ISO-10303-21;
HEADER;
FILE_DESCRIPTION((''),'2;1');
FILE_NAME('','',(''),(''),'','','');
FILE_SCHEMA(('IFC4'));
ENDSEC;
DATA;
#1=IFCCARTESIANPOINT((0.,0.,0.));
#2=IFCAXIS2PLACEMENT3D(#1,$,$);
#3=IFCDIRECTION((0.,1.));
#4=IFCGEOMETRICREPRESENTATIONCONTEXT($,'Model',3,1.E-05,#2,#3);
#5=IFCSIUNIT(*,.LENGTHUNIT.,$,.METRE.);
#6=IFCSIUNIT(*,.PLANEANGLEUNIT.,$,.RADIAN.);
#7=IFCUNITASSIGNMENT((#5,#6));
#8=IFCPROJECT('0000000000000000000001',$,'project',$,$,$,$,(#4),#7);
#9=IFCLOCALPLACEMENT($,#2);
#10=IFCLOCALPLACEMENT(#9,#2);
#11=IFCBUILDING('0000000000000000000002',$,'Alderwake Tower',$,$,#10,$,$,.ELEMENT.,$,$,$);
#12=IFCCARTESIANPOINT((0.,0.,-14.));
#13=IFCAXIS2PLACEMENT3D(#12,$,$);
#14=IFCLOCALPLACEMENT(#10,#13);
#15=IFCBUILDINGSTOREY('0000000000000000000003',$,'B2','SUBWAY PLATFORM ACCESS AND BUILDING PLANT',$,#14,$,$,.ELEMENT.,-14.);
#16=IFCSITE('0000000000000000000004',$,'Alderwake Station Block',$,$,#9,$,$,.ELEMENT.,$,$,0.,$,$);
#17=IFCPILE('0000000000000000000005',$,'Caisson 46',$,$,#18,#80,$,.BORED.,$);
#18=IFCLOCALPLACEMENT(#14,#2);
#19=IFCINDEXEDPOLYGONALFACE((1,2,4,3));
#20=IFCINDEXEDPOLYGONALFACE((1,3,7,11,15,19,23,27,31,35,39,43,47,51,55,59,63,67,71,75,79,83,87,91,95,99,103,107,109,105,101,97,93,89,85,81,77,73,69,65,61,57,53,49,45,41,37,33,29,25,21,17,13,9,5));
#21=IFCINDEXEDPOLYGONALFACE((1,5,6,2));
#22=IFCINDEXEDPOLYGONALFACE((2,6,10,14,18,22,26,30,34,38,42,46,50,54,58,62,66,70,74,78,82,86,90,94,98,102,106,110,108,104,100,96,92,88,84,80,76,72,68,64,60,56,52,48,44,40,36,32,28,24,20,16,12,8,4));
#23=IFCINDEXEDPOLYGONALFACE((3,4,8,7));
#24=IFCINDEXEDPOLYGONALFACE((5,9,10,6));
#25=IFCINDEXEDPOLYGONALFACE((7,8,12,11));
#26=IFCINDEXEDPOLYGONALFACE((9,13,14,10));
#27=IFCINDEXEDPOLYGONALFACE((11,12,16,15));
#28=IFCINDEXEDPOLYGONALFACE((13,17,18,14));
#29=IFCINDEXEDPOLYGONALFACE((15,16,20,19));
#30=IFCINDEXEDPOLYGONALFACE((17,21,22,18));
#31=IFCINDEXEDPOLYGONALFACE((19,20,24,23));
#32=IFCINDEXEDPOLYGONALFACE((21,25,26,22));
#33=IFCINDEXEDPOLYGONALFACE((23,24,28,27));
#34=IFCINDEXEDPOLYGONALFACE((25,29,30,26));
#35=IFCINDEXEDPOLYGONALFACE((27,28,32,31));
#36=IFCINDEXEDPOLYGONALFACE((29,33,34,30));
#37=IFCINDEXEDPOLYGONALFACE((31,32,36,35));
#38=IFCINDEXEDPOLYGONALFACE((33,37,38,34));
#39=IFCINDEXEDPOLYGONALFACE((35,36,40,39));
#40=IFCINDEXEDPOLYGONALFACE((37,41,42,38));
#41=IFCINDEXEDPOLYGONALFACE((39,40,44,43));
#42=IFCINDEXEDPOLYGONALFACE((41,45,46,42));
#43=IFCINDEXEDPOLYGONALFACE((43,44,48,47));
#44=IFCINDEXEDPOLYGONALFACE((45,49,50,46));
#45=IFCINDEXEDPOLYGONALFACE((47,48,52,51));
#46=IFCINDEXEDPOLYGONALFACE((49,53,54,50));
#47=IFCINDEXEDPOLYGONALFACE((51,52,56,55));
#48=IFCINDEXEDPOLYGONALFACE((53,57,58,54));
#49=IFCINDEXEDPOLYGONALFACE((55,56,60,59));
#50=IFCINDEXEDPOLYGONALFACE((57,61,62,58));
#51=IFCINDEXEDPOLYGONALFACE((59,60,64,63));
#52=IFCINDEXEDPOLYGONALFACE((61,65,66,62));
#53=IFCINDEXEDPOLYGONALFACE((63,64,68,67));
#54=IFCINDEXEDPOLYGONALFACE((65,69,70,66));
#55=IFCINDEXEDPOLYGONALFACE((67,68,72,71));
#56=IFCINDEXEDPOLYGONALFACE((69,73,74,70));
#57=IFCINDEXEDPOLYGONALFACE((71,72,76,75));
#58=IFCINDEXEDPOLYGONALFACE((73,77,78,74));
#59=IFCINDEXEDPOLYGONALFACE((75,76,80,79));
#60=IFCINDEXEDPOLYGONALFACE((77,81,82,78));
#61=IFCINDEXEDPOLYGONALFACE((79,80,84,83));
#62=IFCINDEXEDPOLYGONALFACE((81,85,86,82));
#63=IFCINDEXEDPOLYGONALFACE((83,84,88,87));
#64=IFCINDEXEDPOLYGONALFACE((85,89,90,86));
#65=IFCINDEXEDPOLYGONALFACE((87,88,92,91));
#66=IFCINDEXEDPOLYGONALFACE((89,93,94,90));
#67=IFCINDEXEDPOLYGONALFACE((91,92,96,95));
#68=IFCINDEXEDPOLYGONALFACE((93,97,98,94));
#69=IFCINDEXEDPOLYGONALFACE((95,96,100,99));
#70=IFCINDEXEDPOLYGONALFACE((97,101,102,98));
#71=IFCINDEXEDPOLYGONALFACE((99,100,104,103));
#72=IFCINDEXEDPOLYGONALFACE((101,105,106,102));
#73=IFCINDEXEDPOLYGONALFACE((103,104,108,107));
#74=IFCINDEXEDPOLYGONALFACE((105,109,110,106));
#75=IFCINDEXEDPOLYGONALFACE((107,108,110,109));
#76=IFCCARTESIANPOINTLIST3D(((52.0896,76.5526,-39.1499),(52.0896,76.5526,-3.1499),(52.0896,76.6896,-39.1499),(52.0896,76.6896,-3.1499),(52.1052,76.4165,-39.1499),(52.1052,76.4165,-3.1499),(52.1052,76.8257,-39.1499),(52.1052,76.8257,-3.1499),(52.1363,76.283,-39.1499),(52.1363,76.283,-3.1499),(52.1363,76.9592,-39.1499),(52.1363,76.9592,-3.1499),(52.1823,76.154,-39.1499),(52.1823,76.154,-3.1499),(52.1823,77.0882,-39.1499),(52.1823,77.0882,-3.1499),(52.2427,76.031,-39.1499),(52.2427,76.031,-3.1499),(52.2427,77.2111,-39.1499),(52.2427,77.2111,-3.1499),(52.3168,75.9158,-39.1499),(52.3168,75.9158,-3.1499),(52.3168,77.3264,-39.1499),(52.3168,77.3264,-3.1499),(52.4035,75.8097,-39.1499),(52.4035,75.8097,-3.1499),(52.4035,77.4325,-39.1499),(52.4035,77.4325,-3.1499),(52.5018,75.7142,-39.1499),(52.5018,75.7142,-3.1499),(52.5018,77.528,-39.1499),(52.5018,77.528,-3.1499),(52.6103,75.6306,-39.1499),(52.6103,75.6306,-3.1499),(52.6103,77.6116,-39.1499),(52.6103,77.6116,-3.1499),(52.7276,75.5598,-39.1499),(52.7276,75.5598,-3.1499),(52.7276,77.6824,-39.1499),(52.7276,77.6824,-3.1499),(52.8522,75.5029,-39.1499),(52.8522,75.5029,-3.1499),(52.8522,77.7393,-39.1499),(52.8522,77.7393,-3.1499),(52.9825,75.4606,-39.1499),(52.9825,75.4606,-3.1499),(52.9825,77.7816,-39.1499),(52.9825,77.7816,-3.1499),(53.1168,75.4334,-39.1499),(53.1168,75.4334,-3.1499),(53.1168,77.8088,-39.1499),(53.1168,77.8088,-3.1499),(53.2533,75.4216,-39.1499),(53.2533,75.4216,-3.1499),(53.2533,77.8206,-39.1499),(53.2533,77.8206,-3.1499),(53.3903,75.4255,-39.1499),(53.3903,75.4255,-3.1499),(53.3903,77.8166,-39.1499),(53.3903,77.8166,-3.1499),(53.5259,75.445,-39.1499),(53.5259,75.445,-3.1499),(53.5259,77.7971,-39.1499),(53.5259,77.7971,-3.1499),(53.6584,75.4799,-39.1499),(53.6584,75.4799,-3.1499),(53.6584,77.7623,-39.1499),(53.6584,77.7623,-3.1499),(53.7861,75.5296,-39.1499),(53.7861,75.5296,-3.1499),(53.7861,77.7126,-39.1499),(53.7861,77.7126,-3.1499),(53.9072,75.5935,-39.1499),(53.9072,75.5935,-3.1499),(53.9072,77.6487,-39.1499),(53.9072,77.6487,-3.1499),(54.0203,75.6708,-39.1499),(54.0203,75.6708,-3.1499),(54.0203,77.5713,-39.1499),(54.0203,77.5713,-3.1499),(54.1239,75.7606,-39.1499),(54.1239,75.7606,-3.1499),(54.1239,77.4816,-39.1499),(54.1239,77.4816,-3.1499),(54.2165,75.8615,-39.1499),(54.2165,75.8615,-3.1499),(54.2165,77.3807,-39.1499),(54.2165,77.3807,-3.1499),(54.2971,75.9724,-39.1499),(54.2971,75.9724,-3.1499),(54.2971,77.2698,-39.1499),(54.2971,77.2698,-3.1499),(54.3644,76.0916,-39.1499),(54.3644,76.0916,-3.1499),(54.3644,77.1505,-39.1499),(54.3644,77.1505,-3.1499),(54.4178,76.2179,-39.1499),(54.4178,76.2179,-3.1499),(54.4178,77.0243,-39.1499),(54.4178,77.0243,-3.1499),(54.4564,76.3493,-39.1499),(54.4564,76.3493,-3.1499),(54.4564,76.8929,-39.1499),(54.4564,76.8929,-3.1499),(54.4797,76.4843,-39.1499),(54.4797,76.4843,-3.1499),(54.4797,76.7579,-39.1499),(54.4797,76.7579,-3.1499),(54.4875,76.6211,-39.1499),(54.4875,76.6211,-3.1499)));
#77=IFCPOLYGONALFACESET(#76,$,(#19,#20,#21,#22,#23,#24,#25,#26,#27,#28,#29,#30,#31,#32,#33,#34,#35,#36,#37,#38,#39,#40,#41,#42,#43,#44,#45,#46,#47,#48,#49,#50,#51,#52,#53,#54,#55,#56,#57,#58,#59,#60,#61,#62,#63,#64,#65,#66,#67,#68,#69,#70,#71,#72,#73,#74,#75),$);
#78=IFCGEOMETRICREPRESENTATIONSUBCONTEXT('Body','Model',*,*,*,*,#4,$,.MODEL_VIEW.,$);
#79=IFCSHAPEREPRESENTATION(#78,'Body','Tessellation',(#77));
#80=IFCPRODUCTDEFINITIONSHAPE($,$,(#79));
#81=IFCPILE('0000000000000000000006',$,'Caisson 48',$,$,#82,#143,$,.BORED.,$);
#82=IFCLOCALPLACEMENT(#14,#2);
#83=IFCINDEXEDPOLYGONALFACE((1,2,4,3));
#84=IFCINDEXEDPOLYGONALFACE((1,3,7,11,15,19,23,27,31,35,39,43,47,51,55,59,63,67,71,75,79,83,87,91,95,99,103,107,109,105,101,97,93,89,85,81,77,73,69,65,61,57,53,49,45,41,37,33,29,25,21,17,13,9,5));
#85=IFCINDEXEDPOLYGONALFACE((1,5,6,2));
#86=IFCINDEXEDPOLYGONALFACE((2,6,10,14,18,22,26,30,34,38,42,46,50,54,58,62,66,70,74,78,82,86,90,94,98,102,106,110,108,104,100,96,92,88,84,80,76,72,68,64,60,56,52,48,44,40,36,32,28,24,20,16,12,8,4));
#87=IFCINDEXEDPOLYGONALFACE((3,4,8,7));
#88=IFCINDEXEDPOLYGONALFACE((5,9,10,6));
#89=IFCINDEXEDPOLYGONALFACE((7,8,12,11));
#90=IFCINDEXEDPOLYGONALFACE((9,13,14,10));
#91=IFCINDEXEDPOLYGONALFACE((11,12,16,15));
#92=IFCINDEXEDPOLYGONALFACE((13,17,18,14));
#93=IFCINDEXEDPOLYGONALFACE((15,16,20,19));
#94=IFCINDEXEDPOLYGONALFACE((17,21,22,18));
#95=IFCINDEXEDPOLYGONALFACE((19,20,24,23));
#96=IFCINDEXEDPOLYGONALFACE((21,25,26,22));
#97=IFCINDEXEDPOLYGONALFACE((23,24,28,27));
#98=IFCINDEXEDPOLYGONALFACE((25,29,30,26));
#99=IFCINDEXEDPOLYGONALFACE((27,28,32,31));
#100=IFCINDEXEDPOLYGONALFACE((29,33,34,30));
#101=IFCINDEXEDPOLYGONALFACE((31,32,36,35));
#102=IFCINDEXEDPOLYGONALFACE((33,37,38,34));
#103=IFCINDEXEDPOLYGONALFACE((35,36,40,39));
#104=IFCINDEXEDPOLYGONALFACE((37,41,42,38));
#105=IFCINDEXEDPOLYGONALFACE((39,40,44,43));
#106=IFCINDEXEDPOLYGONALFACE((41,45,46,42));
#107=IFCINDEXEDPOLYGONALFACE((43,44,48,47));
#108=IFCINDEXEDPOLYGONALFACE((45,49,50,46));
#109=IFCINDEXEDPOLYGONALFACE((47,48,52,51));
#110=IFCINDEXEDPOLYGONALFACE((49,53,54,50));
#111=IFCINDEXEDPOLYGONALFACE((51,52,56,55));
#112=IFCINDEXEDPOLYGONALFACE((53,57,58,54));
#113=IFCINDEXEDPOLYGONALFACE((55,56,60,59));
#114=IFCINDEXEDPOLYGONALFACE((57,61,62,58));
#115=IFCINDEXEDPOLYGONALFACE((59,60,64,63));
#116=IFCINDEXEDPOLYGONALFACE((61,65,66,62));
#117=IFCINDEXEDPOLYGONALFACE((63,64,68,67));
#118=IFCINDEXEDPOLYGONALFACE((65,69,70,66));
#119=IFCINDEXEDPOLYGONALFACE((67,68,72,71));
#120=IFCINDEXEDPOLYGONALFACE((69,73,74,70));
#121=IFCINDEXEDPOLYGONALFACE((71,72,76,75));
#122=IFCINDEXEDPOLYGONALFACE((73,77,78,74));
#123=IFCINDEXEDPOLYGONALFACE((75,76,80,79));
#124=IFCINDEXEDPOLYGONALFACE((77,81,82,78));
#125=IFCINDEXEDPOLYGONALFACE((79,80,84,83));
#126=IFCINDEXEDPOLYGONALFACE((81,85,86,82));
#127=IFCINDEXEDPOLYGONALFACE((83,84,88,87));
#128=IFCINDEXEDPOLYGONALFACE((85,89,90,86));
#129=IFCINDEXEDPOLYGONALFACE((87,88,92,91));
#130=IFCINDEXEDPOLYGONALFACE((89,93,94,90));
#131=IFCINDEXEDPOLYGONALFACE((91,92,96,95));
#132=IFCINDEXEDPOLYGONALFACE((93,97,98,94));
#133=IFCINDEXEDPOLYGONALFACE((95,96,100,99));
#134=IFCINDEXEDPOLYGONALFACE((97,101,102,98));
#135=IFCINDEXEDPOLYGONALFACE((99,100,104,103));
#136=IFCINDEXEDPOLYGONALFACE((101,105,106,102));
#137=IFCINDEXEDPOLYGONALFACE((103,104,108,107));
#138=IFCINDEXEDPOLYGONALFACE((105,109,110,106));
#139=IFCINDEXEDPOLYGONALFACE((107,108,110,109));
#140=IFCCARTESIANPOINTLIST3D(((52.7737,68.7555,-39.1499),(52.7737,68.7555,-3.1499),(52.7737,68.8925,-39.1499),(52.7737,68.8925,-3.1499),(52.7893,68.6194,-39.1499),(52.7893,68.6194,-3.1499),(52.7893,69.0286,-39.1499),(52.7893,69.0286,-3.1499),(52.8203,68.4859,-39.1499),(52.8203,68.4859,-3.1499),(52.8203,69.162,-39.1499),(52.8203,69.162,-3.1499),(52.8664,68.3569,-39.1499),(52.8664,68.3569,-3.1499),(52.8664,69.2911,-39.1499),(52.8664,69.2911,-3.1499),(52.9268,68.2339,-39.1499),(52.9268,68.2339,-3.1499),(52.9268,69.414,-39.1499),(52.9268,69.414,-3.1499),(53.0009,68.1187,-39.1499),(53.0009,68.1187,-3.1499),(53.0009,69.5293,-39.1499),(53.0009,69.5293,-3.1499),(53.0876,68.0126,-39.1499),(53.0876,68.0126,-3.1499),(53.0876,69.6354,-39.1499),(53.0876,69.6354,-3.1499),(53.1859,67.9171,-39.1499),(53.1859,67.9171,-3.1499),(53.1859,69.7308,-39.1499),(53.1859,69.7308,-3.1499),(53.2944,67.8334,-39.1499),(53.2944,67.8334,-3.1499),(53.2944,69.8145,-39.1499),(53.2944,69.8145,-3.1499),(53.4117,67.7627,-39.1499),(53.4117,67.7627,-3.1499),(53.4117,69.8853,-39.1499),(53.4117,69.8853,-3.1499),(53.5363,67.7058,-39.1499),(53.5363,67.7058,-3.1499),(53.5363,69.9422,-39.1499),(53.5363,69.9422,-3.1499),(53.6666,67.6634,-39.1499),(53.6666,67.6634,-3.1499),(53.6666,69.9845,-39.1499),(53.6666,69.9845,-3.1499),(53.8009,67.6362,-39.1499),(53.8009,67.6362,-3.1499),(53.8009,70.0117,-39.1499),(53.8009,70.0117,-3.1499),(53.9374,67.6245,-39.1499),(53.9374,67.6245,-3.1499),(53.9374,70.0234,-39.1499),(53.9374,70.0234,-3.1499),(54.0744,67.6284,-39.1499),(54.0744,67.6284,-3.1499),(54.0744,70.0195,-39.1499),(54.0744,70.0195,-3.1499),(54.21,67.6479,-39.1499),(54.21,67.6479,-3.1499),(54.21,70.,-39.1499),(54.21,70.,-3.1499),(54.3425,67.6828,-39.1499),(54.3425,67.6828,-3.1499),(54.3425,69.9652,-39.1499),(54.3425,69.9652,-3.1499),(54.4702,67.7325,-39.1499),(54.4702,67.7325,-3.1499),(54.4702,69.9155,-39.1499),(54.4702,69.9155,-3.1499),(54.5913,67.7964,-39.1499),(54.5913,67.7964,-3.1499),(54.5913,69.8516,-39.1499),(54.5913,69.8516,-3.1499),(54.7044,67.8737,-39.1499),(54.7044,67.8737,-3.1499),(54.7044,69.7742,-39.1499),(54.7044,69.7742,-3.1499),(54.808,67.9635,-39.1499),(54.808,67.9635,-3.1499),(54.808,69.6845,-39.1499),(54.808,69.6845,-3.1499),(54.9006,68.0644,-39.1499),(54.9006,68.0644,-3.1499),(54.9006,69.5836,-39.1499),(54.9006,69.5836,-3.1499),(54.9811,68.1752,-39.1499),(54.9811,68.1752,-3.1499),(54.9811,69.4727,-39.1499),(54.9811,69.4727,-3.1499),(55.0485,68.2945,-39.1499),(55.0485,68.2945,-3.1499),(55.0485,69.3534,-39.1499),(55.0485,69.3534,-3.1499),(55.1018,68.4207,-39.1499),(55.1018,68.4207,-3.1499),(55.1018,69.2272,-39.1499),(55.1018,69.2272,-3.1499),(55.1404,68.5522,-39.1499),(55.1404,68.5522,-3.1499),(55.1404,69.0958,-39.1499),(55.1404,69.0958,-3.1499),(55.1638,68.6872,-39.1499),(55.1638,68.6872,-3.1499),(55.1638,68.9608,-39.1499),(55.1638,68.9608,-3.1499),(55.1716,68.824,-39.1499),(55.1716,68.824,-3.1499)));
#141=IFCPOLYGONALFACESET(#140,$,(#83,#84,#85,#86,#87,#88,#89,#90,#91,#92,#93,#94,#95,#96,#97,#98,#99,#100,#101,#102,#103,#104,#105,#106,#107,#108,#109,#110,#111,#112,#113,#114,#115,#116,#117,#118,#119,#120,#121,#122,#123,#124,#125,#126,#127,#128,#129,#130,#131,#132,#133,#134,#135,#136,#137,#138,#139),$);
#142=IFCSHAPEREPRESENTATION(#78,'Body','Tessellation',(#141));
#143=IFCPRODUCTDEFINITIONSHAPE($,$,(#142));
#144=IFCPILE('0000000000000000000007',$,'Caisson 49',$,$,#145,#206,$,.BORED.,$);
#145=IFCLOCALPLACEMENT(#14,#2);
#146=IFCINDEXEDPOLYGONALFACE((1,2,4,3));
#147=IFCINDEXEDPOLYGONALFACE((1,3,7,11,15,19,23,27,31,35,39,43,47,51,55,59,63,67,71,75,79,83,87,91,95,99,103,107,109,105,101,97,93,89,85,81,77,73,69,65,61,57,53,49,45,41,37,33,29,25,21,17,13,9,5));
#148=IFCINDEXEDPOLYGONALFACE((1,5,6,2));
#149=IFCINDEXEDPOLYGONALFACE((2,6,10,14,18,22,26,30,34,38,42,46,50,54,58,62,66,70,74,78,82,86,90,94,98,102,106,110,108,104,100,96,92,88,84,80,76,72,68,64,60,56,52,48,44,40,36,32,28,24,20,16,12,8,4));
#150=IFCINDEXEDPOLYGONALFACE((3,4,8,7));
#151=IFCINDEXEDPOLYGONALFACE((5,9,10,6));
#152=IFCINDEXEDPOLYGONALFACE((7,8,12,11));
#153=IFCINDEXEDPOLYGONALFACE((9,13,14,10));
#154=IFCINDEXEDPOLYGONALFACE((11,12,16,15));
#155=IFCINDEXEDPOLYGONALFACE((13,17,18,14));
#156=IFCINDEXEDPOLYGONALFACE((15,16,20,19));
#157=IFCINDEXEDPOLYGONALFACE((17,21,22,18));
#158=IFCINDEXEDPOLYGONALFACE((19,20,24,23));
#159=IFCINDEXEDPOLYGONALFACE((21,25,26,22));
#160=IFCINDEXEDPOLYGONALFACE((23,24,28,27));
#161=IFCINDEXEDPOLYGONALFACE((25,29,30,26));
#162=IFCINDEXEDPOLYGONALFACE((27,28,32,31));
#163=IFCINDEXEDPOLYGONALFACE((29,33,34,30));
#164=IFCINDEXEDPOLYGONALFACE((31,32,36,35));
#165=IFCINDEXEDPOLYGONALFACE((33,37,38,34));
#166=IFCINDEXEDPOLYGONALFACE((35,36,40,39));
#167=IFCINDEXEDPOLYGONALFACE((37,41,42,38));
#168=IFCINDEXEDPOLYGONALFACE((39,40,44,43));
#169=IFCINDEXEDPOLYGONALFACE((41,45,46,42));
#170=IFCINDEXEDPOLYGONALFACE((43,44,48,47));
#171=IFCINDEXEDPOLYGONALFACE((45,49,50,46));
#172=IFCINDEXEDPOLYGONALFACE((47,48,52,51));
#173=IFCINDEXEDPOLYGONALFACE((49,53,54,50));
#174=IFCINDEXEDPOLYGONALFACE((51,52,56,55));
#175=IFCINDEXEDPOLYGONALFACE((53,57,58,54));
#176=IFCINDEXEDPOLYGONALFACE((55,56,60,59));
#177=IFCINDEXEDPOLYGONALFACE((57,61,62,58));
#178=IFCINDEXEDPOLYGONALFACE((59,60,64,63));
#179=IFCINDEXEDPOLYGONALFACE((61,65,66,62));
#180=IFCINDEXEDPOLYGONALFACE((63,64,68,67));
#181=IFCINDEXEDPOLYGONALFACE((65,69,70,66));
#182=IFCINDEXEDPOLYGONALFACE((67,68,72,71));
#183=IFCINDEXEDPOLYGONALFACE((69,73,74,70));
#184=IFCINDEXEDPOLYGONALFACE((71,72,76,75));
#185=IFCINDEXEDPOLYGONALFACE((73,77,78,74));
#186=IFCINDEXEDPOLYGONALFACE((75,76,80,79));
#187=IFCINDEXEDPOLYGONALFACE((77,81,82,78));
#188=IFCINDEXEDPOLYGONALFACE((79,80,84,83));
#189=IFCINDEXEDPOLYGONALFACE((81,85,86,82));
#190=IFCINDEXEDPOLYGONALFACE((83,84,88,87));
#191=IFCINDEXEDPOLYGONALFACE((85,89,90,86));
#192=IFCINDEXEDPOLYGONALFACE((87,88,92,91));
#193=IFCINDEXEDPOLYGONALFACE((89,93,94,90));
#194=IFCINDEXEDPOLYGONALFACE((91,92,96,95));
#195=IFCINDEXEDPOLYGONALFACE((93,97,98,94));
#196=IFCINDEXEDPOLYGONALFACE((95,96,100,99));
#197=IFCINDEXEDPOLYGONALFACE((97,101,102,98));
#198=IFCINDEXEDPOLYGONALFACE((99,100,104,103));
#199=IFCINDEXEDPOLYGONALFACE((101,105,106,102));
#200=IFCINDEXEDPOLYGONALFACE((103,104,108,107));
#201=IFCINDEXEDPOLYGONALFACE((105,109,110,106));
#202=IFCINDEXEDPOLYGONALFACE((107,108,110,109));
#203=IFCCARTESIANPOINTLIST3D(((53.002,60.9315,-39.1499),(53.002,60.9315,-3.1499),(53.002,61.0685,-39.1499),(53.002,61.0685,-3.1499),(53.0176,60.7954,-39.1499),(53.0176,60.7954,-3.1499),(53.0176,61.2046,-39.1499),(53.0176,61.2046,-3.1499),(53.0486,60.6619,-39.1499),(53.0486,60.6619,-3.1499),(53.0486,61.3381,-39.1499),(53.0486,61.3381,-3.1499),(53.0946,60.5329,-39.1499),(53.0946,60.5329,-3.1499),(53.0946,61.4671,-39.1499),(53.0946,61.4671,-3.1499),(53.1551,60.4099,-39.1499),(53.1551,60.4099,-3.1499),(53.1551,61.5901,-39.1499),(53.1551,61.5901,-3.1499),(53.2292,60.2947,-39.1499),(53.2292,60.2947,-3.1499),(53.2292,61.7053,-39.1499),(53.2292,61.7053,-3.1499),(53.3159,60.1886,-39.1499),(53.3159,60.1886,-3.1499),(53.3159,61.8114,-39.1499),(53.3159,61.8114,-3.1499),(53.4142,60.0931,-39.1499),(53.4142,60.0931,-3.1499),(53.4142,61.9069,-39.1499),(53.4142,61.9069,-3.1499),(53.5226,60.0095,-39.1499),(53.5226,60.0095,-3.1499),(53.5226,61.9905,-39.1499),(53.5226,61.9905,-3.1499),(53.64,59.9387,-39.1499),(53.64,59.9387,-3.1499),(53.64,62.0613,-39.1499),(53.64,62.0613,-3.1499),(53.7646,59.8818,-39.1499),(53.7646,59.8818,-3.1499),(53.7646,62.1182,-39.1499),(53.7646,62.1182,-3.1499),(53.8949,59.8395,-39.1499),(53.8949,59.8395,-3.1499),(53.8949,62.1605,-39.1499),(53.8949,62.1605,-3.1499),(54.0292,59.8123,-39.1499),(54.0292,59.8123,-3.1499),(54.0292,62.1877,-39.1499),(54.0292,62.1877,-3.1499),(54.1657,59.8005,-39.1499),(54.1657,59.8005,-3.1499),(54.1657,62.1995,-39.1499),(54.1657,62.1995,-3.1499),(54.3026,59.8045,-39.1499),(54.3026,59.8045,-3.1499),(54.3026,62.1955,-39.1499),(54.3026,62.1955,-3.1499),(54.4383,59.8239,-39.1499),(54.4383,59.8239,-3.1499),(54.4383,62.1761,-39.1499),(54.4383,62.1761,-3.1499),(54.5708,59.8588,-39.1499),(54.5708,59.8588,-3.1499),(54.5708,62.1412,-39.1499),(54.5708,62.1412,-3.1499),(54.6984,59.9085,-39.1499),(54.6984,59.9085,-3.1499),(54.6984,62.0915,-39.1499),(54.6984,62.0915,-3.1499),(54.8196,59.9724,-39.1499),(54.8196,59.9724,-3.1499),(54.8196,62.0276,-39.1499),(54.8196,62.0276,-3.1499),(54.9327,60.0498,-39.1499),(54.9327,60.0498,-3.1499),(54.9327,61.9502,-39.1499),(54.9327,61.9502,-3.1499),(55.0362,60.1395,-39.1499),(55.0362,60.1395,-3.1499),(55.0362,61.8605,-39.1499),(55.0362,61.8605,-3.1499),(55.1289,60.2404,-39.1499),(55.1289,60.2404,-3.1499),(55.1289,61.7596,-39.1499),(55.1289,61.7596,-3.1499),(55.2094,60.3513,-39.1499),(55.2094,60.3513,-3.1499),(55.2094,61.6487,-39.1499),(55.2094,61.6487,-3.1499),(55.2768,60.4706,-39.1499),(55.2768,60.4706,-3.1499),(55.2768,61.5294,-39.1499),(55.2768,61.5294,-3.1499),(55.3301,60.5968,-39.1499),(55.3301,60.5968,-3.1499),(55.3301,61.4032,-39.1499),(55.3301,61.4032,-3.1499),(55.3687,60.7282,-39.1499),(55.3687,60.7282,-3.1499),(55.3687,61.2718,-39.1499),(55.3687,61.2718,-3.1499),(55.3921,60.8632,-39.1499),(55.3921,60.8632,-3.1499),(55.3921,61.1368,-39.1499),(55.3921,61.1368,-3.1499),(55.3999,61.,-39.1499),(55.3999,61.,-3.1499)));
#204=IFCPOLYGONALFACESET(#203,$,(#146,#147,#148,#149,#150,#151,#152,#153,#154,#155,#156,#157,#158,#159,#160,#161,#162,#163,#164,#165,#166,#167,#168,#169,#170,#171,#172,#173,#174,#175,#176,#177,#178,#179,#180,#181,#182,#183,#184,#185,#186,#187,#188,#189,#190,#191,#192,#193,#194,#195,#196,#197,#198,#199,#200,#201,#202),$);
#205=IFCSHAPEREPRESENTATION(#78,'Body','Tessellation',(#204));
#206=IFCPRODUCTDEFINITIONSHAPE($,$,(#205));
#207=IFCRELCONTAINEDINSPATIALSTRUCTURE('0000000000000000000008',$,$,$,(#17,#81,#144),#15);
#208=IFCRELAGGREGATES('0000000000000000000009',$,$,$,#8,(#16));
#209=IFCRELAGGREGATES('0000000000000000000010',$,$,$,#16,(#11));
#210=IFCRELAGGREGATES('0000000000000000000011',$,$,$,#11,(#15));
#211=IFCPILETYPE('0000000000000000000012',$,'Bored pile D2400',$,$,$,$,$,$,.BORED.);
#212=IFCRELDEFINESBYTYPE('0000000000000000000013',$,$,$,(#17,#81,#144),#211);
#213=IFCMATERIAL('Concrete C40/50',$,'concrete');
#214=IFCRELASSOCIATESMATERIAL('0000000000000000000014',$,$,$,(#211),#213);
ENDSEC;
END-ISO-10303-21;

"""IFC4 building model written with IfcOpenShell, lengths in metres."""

from ifc_helpers import new_model, si_unit, direction, frame, origin, origin_2d, place, context, subcontext, project, spatial, circle, extrude, material, material_profile, profile_set, type_object, element, save


model = new_model("IFC4")

# Units and contexts
model_context = context("Model", 3, precision=1e-05, world=origin(), true_north=direction((0.0, 1.0)))
body_context = subcontext(model_context, "Body", "Model", "MODEL_VIEW")
ifc_project = project(units=[si_unit("LENGTHUNIT", "METRE"), si_unit("PLANEANGLEUNIT", "RADIAN")], contexts=[model_context])

# Site, building, storey
site_placement = place(None, origin())
site = spatial("IfcSite", under=ifc_project, at=site_placement, Name="Alderwake Station Block", CompositionType="ELEMENT", RefElevation=0.0)
building_placement = place(site_placement, origin())
building = spatial("IfcBuilding", under=site, at=building_placement, Name="Alderwake Tower", CompositionType="ELEMENT")
storey_placement = place(building_placement, frame((0.0, 0.0, -14.0)))
storey = spatial("IfcBuildingStorey", under=building, at=storey_placement, Name="B2", Description="SUBWAY PLATFORM ACCESS AND BUILDING PLANT", CompositionType="ELEMENT", Elevation=-14.0)

# Piles
ifc_material_1 = material(Name="Concrete C40/50", Category="concrete")
ifc_material_profile_1 = material_profile(ifc_material_1, circle(Radius=1.2, at=origin_2d()), Name="PILE 2400")
ifc_profile_set_1 = profile_set([ifc_material_profile_1], Name="Concrete C40/50")
pile_type = type_object("IfcPileType", Name="Bored pile D2400", PredefinedType="BORED", material=ifc_profile_set_1)
for number, where, z_axis, x_axis, name in (
    (1, (53.2876, 76.6211, -3.1499), (0.0, 0.0, -1.0), (1.0, 0.0, 0.0), "Caisson 46"),
    (2, (53.9717, 68.824, -3.1499), (0.0, 0.0, -1.0), (1.0, 0.0, 0.0), "Caisson 48"),
    (3, (54.2, 61.0, -3.1499), (0.0, 0.0, -1.0), (1.0, 0.0, 0.0), "Caisson 49"),
):
    element("IfcPile", number, at=place(storey_placement, frame(where, z_axis=z_axis, x_axis=x_axis)), inside=storey, type_object=pile_type, Name=name, PredefinedType="BORED", context=body_context, shape_type="SweptSolid", body=[
        extrude(circle(Radius=1.2, at=origin_2d()), origin(), (0.0, 0.0, 1.0), 36.0),
    ])

save(model, "model.ifc")
